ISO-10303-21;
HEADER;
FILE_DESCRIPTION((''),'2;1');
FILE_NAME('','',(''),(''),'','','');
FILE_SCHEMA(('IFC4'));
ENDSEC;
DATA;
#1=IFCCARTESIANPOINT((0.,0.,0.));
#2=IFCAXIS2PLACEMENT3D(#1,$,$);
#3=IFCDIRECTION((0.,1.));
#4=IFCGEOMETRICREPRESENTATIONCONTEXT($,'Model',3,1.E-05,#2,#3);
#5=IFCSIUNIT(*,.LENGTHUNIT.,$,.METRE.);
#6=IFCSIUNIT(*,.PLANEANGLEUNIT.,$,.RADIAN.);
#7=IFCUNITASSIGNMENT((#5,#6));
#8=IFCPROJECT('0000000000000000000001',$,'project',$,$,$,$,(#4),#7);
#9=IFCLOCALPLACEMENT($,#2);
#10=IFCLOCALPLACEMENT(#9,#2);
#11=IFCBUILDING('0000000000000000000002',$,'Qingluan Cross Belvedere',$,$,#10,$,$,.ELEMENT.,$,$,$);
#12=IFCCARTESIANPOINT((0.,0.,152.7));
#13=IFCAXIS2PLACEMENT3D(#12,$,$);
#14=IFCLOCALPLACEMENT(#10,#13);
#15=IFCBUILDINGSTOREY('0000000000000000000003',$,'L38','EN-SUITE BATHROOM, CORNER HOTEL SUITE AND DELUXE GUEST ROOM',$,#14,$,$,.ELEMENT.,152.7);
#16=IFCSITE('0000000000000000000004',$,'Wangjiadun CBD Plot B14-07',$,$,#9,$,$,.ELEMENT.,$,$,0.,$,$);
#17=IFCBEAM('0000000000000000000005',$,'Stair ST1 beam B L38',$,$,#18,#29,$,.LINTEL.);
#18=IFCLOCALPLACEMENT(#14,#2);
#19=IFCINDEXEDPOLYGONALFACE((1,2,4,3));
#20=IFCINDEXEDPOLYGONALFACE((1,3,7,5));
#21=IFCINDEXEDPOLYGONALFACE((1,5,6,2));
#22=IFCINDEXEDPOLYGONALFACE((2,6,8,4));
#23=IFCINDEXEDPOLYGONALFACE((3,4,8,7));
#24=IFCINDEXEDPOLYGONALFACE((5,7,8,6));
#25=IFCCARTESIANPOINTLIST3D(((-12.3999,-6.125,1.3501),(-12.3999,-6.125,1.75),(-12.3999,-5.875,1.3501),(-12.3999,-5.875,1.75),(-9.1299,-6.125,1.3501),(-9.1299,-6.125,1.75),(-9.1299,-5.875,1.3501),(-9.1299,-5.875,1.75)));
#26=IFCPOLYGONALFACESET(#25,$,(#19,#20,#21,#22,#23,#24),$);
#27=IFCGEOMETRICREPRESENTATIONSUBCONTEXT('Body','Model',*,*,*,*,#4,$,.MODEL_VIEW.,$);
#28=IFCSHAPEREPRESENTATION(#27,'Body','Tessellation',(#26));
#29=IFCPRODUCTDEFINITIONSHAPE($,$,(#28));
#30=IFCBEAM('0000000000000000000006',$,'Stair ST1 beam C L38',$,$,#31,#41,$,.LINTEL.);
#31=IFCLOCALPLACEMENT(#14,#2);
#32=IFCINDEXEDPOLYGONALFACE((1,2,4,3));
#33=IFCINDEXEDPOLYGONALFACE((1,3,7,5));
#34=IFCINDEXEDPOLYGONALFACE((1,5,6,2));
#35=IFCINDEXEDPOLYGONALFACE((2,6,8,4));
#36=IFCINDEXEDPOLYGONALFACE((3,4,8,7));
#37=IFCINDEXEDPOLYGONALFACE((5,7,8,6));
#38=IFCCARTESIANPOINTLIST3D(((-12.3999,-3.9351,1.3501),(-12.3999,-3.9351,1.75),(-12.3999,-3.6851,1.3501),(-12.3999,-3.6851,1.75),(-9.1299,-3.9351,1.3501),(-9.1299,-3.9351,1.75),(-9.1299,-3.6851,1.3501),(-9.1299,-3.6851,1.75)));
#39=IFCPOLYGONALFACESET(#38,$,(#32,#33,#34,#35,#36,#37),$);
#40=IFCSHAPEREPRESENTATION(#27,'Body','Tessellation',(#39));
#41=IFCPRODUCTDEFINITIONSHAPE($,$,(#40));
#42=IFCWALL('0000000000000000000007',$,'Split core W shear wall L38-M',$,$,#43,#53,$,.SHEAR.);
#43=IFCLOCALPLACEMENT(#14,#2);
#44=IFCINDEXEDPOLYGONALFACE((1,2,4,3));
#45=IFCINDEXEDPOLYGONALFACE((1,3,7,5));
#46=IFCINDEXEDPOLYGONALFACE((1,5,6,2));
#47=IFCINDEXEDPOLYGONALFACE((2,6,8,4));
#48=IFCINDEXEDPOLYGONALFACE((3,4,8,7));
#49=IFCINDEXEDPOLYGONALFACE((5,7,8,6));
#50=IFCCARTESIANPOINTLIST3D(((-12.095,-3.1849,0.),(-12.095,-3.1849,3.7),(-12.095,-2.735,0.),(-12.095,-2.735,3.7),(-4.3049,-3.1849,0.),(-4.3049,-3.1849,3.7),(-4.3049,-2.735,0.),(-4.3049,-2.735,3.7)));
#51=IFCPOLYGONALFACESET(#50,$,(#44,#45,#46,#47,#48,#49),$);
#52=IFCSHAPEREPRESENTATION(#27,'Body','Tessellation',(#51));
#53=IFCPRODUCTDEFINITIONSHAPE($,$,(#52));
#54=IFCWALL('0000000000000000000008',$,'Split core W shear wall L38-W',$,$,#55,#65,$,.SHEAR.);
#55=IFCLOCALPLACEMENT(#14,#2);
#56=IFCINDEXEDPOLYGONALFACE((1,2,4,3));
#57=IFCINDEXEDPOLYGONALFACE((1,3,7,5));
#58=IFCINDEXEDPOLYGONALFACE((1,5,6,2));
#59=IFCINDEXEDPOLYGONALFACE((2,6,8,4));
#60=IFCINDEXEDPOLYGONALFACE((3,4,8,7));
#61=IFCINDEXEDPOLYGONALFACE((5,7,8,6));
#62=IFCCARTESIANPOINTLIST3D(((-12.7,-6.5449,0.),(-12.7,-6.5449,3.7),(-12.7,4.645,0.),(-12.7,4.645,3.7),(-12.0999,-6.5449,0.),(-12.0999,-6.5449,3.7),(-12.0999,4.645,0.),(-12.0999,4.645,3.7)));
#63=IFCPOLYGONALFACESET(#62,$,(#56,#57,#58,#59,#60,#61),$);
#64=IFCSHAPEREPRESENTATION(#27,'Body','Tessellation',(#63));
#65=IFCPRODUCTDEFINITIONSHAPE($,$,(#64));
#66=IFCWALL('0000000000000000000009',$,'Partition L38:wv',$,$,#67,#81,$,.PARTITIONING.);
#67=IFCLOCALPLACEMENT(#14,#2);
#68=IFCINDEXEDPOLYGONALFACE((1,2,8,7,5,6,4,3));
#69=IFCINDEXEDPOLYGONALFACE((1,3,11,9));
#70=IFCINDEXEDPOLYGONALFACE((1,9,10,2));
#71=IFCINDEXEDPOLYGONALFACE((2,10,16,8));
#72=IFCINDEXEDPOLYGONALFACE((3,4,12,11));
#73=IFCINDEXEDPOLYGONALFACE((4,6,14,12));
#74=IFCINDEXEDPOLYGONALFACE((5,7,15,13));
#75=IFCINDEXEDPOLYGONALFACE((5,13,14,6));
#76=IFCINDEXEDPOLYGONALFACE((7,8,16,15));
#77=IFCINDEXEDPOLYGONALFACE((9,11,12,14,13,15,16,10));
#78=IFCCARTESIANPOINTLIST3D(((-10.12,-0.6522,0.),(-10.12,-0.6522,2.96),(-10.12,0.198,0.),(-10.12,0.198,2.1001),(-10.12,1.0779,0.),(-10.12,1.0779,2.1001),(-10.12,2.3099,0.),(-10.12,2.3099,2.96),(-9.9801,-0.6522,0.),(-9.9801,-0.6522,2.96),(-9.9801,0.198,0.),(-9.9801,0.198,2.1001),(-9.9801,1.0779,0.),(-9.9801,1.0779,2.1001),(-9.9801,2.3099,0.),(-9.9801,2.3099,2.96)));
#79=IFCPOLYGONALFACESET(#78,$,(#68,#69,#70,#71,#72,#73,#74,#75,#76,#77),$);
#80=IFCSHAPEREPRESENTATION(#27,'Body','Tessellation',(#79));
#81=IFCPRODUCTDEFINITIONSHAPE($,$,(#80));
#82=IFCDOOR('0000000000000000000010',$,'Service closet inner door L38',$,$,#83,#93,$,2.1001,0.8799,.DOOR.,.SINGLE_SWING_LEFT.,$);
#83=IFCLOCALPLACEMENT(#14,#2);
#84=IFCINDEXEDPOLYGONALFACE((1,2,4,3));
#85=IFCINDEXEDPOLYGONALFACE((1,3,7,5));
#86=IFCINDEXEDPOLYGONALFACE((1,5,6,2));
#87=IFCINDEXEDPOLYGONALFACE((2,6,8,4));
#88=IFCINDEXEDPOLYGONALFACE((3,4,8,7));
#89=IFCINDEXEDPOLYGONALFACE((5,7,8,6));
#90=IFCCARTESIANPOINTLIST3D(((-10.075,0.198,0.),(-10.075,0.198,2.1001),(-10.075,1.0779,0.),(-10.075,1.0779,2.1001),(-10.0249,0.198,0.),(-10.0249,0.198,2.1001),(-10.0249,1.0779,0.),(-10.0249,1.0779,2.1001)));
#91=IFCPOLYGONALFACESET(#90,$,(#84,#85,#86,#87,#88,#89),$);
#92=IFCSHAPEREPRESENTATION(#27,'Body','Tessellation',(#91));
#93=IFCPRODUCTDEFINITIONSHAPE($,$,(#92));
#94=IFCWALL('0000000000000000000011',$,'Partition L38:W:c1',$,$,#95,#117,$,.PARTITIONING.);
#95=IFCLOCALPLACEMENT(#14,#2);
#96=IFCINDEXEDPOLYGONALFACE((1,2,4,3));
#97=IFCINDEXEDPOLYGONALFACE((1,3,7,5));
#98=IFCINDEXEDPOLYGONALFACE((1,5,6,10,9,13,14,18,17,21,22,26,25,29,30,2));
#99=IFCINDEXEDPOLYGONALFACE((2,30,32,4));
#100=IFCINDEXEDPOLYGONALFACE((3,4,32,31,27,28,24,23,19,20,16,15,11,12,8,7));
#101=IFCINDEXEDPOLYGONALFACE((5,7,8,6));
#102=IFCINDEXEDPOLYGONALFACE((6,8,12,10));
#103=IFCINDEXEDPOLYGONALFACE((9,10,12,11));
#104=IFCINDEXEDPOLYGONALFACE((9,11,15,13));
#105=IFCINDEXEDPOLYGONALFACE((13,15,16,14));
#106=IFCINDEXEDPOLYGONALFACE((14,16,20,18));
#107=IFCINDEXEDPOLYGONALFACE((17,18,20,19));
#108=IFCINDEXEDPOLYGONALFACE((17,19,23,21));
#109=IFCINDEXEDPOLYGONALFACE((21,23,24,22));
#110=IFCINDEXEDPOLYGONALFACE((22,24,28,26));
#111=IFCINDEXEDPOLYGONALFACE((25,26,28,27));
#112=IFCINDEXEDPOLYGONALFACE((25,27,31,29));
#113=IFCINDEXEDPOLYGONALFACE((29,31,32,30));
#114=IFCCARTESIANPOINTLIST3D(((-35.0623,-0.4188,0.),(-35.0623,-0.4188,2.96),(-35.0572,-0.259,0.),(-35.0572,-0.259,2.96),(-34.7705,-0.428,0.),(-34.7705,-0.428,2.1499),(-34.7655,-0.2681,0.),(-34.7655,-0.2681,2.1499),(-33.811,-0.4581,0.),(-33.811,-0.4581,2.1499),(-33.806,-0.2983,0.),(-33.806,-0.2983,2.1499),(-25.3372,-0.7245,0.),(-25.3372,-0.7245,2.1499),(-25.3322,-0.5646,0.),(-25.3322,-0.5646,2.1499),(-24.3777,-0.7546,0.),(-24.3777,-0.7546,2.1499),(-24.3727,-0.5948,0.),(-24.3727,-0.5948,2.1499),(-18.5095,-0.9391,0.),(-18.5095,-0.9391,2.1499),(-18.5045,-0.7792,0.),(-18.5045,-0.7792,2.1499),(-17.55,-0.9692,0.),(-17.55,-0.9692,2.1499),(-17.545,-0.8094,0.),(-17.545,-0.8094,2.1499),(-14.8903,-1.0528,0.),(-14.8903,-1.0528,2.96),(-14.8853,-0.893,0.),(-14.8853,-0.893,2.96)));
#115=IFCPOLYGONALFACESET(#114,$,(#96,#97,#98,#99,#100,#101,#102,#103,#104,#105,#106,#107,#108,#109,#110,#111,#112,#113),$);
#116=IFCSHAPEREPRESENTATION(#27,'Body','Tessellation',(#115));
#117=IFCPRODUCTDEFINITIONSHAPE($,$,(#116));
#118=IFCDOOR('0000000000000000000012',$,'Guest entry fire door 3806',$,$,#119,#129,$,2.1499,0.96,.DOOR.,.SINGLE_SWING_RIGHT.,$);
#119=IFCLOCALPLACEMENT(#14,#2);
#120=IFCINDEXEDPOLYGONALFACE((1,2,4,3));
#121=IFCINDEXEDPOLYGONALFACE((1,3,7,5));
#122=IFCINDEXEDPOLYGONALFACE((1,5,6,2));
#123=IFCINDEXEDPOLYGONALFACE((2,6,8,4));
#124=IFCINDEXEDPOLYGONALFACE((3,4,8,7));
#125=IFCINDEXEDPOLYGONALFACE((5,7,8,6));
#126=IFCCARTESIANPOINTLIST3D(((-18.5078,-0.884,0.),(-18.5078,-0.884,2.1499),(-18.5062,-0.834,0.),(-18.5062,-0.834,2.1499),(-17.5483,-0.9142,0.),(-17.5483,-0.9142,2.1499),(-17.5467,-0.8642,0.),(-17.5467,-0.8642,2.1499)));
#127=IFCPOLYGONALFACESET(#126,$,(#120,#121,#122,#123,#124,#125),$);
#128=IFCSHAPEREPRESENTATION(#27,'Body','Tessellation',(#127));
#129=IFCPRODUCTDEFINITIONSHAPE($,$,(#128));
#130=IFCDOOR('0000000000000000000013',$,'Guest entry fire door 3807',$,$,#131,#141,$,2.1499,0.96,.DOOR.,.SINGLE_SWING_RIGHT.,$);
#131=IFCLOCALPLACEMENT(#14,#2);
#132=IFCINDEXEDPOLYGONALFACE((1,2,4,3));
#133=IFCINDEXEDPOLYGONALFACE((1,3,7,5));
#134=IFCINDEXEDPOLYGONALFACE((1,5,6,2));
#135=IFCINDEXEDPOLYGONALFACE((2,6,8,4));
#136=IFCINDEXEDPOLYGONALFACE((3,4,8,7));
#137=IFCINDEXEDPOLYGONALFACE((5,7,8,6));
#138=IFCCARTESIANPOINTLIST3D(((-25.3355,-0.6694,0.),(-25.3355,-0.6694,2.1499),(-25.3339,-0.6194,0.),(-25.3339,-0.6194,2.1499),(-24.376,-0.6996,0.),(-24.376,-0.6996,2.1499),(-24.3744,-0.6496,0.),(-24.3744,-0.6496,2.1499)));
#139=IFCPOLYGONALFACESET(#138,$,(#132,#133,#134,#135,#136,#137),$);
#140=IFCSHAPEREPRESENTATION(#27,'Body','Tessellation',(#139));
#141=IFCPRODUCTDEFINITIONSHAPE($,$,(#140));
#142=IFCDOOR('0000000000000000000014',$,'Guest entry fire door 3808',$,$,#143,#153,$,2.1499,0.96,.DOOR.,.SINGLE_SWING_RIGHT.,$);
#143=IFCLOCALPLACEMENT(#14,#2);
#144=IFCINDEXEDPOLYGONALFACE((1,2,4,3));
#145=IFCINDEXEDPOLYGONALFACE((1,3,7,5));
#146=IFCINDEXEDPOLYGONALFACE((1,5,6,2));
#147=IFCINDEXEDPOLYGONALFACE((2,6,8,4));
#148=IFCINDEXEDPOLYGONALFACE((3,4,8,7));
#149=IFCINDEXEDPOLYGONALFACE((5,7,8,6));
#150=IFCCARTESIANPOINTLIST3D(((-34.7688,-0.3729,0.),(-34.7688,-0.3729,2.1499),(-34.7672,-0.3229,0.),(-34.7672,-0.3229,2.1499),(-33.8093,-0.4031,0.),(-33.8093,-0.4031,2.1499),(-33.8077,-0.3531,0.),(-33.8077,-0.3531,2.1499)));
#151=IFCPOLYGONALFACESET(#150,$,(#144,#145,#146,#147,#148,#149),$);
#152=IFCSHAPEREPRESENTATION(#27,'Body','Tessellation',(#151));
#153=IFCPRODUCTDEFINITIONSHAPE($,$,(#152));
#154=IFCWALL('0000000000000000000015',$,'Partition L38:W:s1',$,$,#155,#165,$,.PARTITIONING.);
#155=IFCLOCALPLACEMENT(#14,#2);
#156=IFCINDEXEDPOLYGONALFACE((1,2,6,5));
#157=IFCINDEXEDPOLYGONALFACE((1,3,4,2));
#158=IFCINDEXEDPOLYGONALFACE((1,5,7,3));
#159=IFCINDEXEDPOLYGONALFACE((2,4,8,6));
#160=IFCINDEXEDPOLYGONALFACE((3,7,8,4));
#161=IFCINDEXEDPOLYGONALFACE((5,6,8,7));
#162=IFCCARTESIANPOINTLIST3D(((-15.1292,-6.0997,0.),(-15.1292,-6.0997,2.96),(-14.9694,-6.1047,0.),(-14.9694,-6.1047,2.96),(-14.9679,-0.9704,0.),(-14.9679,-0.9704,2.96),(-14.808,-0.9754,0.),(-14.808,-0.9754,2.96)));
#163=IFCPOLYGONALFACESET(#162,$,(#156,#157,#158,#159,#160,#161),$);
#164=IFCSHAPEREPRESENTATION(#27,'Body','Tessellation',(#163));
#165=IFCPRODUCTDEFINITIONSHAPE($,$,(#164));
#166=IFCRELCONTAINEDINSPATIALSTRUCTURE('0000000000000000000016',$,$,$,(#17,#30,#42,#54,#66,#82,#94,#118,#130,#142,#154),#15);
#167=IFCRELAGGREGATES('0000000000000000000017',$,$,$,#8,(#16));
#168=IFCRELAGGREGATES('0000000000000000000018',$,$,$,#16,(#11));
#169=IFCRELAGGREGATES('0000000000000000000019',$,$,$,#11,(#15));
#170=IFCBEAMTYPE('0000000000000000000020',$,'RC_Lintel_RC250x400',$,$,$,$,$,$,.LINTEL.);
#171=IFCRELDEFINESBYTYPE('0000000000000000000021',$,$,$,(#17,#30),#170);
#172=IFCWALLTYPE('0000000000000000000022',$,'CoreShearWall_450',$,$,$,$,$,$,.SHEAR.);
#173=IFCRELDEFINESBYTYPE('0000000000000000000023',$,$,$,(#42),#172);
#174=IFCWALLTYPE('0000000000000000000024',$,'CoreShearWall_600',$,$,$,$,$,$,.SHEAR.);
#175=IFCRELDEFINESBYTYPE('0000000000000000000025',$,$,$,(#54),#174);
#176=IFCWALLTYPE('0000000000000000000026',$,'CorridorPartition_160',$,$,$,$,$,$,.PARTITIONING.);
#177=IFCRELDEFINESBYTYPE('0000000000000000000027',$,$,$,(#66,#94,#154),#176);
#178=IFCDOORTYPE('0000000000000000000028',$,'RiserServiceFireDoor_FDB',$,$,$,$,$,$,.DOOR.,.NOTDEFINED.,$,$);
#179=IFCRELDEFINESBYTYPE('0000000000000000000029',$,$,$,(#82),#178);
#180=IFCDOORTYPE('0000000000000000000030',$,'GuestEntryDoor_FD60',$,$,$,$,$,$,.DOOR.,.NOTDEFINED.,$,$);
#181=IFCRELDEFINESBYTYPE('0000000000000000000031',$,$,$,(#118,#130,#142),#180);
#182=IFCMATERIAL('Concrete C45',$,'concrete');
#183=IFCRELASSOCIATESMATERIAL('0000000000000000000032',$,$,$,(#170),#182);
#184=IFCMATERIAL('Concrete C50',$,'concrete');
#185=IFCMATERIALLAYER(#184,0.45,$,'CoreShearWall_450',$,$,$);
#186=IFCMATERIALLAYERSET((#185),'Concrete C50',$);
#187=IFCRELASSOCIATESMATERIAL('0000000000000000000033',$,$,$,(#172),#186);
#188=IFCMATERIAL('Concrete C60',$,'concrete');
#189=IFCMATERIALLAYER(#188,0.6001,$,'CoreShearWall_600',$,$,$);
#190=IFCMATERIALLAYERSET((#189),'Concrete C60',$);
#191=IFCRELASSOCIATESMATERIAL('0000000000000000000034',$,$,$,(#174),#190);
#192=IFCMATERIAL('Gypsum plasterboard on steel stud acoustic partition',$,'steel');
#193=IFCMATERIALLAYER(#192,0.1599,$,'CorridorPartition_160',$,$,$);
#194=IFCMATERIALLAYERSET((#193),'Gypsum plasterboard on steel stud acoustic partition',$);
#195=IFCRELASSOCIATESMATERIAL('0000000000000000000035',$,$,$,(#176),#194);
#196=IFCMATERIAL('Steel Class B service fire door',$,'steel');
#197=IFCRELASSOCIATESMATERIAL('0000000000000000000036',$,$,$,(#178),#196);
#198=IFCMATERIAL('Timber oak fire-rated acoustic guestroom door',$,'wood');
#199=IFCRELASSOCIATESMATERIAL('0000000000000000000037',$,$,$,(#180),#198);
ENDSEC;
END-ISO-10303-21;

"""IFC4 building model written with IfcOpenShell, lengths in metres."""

from ifc_helpers import new_model, si_unit, direction, frame, frame_2d, origin, origin_2d, place, context, subcontext, project, spatial, rectangle, extrude, material, layer, layer_set, material_profile, profile_set, type_object, element, fill, save


model = new_model("IFC4")

# Units and contexts
model_context = context("Model", 3, precision=1e-05, world=origin(), true_north=direction((0.0, 1.0)))
body_context = subcontext(model_context, "Body", "Model", "MODEL_VIEW")
ifc_project = project(units=[si_unit("LENGTHUNIT", "METRE"), si_unit("PLANEANGLEUNIT", "RADIAN")], contexts=[model_context])

# Site, building, storey
site_placement = place(None, origin())
site = spatial("IfcSite", under=ifc_project, at=site_placement, Name="Wangjiadun CBD Plot B14-07", CompositionType="ELEMENT", RefElevation=0.0)
building_placement = place(site_placement, origin())
building = spatial("IfcBuilding", under=site, at=building_placement, Name="Qingluan Cross Belvedere", CompositionType="ELEMENT")
storey_placement = place(building_placement, frame((0.0, 0.0, 152.7)))
storey = spatial("IfcBuildingStorey", under=building, at=storey_placement, Name="L38", Description="EN-SUITE BATHROOM, CORNER HOTEL SUITE AND DELUXE GUEST ROOM", CompositionType="ELEMENT", Elevation=152.7)

# Beams
ifc_material_1 = material(Name="Concrete C45", Category="concrete")
ifc_material_profile = material_profile(ifc_material_1, rectangle(XDim=0.25, YDim=0.3999, at=origin_2d()), Name="RC250x400")
ifc_profile_set = profile_set([ifc_material_profile], Name="Concrete C45")
beam_type = type_object("IfcBeamType", Name="RC_Lintel_RC250x400", PredefinedType="LINTEL", material=ifc_profile_set)
for number, where, z_axis, x_axis, name in (
    (1, (-12.3999, -6.0, 1.55), (1.0, 0.0, 0.0), (0.0, 1.0, 0.0), "Stair ST1 beam B L38"),
    (2, (-12.3999, -3.8101, 1.55), (1.0, 0.0, 0.0), (0.0, 1.0, 0.0), "Stair ST1 beam C L38"),
):
    element("IfcBeam", number, at=place(storey_placement, frame(where, z_axis=z_axis, x_axis=x_axis)), inside=storey, type_object=beam_type, Name=name, PredefinedType="LINTEL", context=body_context, shape_type="SweptSolid", body=[
        extrude(rectangle(XDim=0.25, YDim=0.3999, at=origin_2d()), origin(), (0.0, 0.0, 1.0), 3.27),
    ])

# Walls
ifc_material_2 = material(Name="Concrete C50", Category="concrete")
ifc_layer_1 = layer(ifc_material_2, 0.45, Name="CoreShearWall_450")
ifc_layer_set_1 = layer_set([ifc_layer_1], Name="Concrete C50")
wall_type_1 = type_object("IfcWallType", Name="CoreShearWall_450", PredefinedType="SHEAR", material=ifc_layer_set_1)
wall_1_placement = place(storey_placement, frame((-12.095, -2.96, 0.0), z_axis=(0.0, 0.0, 1.0), x_axis=(1.0, 0.0, 0.0)))
element("IfcWall", 3, at=wall_1_placement, inside=storey, type_object=wall_type_1, Name="Split core W shear wall L38-M", PredefinedType="SHEAR", context=body_context, shape_type="SweptSolid", body=[
    extrude(rectangle(XDim=7.79, YDim=0.45, at=frame_2d((3.895, 0.0))), origin(), (0.0, 0.0, 1.0), 3.7),
])
ifc_material_3 = material(Name="Concrete C60", Category="concrete")
ifc_layer_2 = layer(ifc_material_3, 0.6001, Name="CoreShearWall_600")
ifc_layer_set_2 = layer_set([ifc_layer_2], Name="Concrete C60")
wall_type_2 = type_object("IfcWallType", Name="CoreShearWall_600", PredefinedType="SHEAR", material=ifc_layer_set_2)
wall_2_placement = place(storey_placement, frame((-12.3999, -6.5449, 0.0), z_axis=(0.0, 0.0, 1.0), x_axis=(0.0, 1.0, 0.0)))
element("IfcWall", 4, at=wall_2_placement, inside=storey, type_object=wall_type_2, Name="Split core W shear wall L38-W", PredefinedType="SHEAR", context=body_context, shape_type="SweptSolid", body=[
    extrude(rectangle(XDim=11.1899, YDim=0.6001, at=frame_2d((5.595, 0.0))), origin(), (0.0, 0.0, 1.0), 3.7),
])

# Wall, opening, door
ifc_material_4 = material(Name="Gypsum plasterboard on steel stud acoustic partition", Category="steel")
ifc_layer_3 = layer(ifc_material_4, 0.1599, Name="CorridorPartition_160")
ifc_layer_set_3 = layer_set([ifc_layer_3], Name="Gypsum plasterboard on steel stud acoustic partition")
wall_type_3 = type_object("IfcWallType", Name="CorridorPartition_160", PredefinedType="PARTITIONING", material=ifc_layer_set_3)
wall_3_placement = place(storey_placement, frame((-10.05, -0.6521, 0.0), z_axis=(0.0, 0.0, 1.0), x_axis=(0.0, 1.0, 0.0)))
wall_3 = element("IfcWall", 5, at=wall_3_placement, inside=storey, type_object=wall_type_3, Name="Partition L38:wv", PredefinedType="PARTITIONING", context=body_context, shape_type="SweptSolid", body=[
    extrude(rectangle(XDim=2.9622, YDim=0.1399, at=frame_2d((1.481, 0.0))), origin(), (0.0, 0.0, 1.0), 2.96),
])
opening_1_placement = place(wall_3_placement, frame((0.8501, 0.0, 0.0)))
opening_1 = element("IfcOpeningElement", 6, at=opening_1_placement, cuts=wall_3, PredefinedType="OPENING", context=body_context, shape_type="SweptSolid", body=[
    extrude(rectangle(XDim=0.8799, YDim=2.1001, at=frame_2d((0.4399, 1.05))), frame((0.0, 0.0798, 0.0), z_axis=(0.0, -1.0, 0.0), x_axis=(1.0, 0.0, 0.0)), (0.0, 0.0, 1.0), 0.1599),
])
ifc_material_5 = material(Name="Steel Class B service fire door", Category="steel")
door_type_1 = type_object("IfcDoorType", Name="RiserServiceFireDoor_FDB", OperationType="NOTDEFINED", PredefinedType="DOOR", material=ifc_material_5)
door_1_placement = place(opening_1_placement, origin())
door_1 = element("IfcDoor", 7, at=door_1_placement, inside=storey, type_object=door_type_1, Name="Service closet inner door L38", OperationType="SINGLE_SWING_LEFT", OverallHeight=2.1001, OverallWidth=0.8799, PredefinedType="DOOR", context=body_context, shape_type="SweptSolid", body=[
    extrude(rectangle(XDim=0.8799, YDim=2.1001, at=frame_2d((0.4399, 1.05))), frame((0.0, 0.0249, 0.0), z_axis=(0.0, -1.0, 0.0), x_axis=(1.0, 0.0, 0.0)), (0.0, 0.0, 1.0), 0.05),
])
fill(opening_1, door_1)

# Wall, openings, doors
wall_4_placement = place(storey_placement, frame((-14.8879, -0.9729, 0.0), z_axis=(0.0, 0.0, 1.0), x_axis=(-0.999506, 0.031416, 0.0)))
wall_4 = element("IfcWall", 8, at=wall_4_placement, inside=storey, type_object=wall_type_3, Name="Partition L38:W:c1", PredefinedType="PARTITIONING", context=body_context, shape_type="SweptSolid", body=[
    extrude(rectangle(XDim=20.1819, YDim=0.1599, at=frame_2d((10.0908, 0.0))), origin(), (0.0, 0.0, 1.0), 2.96),
])
opening_2_placement = place(wall_4_placement, frame((2.6609, 0.0, 0.0)))
opening_2 = element("IfcOpeningElement", 9, at=opening_2_placement, cuts=wall_4, PredefinedType="OPENING", context=body_context, shape_type="SweptSolid", body=[
    extrude(rectangle(XDim=0.96, YDim=2.1499, at=frame_2d((0.48, 1.075))), frame((0.0, 0.0898, 0.0), z_axis=(0.0, -1.0, 0.0), x_axis=(1.0, 0.0, 0.0)), (0.0, 0.0, 1.0), 0.1799),
])
opening_3_placement = place(wall_4_placement, frame((9.4919, 0.0, 0.0)))
opening_3 = element("IfcOpeningElement", 10, at=opening_3_placement, cuts=wall_4, PredefinedType="OPENING", context=body_context, shape_type="SweptSolid", body=[
    extrude(rectangle(XDim=0.96, YDim=2.1499, at=frame_2d((0.48, 1.075))), frame((0.0, 0.0898, 0.0), z_axis=(0.0, -1.0, 0.0), x_axis=(1.0, 0.0, 0.0)), (0.0, 0.0, 1.0), 0.1799),
])
opening_4_placement = place(wall_4_placement, frame((18.9299, 0.0, 0.0)))
opening_4 = element("IfcOpeningElement", 11, at=opening_4_placement, cuts=wall_4, PredefinedType="OPENING", context=body_context, shape_type="SweptSolid", body=[
    extrude(rectangle(XDim=0.96, YDim=2.1499, at=frame_2d((0.48, 1.075))), frame((0.0, 0.0898, 0.0), z_axis=(0.0, -1.0, 0.0), x_axis=(1.0, 0.0, 0.0)), (0.0, 0.0, 1.0), 0.1799),
])
ifc_material_6 = material(Name="Timber oak fire-rated acoustic guestroom door", Category="wood")
door_type_2 = type_object("IfcDoorType", Name="GuestEntryDoor_FD60", OperationType="NOTDEFINED", PredefinedType="DOOR", material=ifc_material_6)
door_2_placement = place(opening_2_placement, origin())
door_2 = element("IfcDoor", 12, at=door_2_placement, inside=storey, type_object=door_type_2, Name="Guest entry fire door 3806", OperationType="SINGLE_SWING_RIGHT", OverallHeight=2.1499, OverallWidth=0.96, PredefinedType="DOOR", context=body_context, shape_type="SweptSolid", body=[
    extrude(rectangle(XDim=0.96, YDim=2.1499, at=frame_2d((0.48, 1.075))), frame((0.0, 0.0249, 0.0), z_axis=(0.0, -1.0, 0.0), x_axis=(1.0, 0.0, 0.0)), (0.0, 0.0, 1.0), 0.05),
])
fill(opening_2, door_2)
door_3_placement = place(opening_3_placement, origin())
door_3 = element("IfcDoor", 13, at=door_3_placement, inside=storey, type_object=door_type_2, Name="Guest entry fire door 3807", OperationType="SINGLE_SWING_RIGHT", OverallHeight=2.1499, OverallWidth=0.96, PredefinedType="DOOR", context=body_context, shape_type="SweptSolid", body=[
    extrude(rectangle(XDim=0.96, YDim=2.1499, at=frame_2d((0.48, 1.075))), frame((0.0, 0.0249, 0.0), z_axis=(0.0, -1.0, 0.0), x_axis=(1.0, 0.0, 0.0)), (0.0, 0.0, 1.0), 0.05),
])
fill(opening_3, door_3)
door_4_placement = place(opening_4_placement, origin())
door_4 = element("IfcDoor", 14, at=door_4_placement, inside=storey, type_object=door_type_2, Name="Guest entry fire door 3808", OperationType="SINGLE_SWING_RIGHT", OverallHeight=2.1499, OverallWidth=0.96, PredefinedType="DOOR", context=body_context, shape_type="SweptSolid", body=[
    extrude(rectangle(XDim=0.96, YDim=2.1499, at=frame_2d((0.48, 1.075))), frame((0.0, 0.0249, 0.0), z_axis=(0.0, -1.0, 0.0), x_axis=(1.0, 0.0, 0.0)), (0.0, 0.0, 1.0), 0.05),
])
fill(opening_4, door_4)

# Wall
wall_5_placement = place(storey_placement, frame((-14.8879, -0.9729, 0.0), z_axis=(0.0, 0.0, 1.0), x_axis=(-0.031446, -0.999505, 0.0)))
element("IfcWall", 15, at=wall_5_placement, inside=storey, type_object=wall_type_3, Name="Partition L38:W:s1", PredefinedType="PARTITIONING", context=body_context, shape_type="SweptSolid", body=[
    extrude(rectangle(XDim=5.1318, YDim=0.1599, at=frame_2d((2.5659, 0.0))), origin(), (0.0, 0.0, 1.0), 2.96),
])

save(model, "model.ifc")
